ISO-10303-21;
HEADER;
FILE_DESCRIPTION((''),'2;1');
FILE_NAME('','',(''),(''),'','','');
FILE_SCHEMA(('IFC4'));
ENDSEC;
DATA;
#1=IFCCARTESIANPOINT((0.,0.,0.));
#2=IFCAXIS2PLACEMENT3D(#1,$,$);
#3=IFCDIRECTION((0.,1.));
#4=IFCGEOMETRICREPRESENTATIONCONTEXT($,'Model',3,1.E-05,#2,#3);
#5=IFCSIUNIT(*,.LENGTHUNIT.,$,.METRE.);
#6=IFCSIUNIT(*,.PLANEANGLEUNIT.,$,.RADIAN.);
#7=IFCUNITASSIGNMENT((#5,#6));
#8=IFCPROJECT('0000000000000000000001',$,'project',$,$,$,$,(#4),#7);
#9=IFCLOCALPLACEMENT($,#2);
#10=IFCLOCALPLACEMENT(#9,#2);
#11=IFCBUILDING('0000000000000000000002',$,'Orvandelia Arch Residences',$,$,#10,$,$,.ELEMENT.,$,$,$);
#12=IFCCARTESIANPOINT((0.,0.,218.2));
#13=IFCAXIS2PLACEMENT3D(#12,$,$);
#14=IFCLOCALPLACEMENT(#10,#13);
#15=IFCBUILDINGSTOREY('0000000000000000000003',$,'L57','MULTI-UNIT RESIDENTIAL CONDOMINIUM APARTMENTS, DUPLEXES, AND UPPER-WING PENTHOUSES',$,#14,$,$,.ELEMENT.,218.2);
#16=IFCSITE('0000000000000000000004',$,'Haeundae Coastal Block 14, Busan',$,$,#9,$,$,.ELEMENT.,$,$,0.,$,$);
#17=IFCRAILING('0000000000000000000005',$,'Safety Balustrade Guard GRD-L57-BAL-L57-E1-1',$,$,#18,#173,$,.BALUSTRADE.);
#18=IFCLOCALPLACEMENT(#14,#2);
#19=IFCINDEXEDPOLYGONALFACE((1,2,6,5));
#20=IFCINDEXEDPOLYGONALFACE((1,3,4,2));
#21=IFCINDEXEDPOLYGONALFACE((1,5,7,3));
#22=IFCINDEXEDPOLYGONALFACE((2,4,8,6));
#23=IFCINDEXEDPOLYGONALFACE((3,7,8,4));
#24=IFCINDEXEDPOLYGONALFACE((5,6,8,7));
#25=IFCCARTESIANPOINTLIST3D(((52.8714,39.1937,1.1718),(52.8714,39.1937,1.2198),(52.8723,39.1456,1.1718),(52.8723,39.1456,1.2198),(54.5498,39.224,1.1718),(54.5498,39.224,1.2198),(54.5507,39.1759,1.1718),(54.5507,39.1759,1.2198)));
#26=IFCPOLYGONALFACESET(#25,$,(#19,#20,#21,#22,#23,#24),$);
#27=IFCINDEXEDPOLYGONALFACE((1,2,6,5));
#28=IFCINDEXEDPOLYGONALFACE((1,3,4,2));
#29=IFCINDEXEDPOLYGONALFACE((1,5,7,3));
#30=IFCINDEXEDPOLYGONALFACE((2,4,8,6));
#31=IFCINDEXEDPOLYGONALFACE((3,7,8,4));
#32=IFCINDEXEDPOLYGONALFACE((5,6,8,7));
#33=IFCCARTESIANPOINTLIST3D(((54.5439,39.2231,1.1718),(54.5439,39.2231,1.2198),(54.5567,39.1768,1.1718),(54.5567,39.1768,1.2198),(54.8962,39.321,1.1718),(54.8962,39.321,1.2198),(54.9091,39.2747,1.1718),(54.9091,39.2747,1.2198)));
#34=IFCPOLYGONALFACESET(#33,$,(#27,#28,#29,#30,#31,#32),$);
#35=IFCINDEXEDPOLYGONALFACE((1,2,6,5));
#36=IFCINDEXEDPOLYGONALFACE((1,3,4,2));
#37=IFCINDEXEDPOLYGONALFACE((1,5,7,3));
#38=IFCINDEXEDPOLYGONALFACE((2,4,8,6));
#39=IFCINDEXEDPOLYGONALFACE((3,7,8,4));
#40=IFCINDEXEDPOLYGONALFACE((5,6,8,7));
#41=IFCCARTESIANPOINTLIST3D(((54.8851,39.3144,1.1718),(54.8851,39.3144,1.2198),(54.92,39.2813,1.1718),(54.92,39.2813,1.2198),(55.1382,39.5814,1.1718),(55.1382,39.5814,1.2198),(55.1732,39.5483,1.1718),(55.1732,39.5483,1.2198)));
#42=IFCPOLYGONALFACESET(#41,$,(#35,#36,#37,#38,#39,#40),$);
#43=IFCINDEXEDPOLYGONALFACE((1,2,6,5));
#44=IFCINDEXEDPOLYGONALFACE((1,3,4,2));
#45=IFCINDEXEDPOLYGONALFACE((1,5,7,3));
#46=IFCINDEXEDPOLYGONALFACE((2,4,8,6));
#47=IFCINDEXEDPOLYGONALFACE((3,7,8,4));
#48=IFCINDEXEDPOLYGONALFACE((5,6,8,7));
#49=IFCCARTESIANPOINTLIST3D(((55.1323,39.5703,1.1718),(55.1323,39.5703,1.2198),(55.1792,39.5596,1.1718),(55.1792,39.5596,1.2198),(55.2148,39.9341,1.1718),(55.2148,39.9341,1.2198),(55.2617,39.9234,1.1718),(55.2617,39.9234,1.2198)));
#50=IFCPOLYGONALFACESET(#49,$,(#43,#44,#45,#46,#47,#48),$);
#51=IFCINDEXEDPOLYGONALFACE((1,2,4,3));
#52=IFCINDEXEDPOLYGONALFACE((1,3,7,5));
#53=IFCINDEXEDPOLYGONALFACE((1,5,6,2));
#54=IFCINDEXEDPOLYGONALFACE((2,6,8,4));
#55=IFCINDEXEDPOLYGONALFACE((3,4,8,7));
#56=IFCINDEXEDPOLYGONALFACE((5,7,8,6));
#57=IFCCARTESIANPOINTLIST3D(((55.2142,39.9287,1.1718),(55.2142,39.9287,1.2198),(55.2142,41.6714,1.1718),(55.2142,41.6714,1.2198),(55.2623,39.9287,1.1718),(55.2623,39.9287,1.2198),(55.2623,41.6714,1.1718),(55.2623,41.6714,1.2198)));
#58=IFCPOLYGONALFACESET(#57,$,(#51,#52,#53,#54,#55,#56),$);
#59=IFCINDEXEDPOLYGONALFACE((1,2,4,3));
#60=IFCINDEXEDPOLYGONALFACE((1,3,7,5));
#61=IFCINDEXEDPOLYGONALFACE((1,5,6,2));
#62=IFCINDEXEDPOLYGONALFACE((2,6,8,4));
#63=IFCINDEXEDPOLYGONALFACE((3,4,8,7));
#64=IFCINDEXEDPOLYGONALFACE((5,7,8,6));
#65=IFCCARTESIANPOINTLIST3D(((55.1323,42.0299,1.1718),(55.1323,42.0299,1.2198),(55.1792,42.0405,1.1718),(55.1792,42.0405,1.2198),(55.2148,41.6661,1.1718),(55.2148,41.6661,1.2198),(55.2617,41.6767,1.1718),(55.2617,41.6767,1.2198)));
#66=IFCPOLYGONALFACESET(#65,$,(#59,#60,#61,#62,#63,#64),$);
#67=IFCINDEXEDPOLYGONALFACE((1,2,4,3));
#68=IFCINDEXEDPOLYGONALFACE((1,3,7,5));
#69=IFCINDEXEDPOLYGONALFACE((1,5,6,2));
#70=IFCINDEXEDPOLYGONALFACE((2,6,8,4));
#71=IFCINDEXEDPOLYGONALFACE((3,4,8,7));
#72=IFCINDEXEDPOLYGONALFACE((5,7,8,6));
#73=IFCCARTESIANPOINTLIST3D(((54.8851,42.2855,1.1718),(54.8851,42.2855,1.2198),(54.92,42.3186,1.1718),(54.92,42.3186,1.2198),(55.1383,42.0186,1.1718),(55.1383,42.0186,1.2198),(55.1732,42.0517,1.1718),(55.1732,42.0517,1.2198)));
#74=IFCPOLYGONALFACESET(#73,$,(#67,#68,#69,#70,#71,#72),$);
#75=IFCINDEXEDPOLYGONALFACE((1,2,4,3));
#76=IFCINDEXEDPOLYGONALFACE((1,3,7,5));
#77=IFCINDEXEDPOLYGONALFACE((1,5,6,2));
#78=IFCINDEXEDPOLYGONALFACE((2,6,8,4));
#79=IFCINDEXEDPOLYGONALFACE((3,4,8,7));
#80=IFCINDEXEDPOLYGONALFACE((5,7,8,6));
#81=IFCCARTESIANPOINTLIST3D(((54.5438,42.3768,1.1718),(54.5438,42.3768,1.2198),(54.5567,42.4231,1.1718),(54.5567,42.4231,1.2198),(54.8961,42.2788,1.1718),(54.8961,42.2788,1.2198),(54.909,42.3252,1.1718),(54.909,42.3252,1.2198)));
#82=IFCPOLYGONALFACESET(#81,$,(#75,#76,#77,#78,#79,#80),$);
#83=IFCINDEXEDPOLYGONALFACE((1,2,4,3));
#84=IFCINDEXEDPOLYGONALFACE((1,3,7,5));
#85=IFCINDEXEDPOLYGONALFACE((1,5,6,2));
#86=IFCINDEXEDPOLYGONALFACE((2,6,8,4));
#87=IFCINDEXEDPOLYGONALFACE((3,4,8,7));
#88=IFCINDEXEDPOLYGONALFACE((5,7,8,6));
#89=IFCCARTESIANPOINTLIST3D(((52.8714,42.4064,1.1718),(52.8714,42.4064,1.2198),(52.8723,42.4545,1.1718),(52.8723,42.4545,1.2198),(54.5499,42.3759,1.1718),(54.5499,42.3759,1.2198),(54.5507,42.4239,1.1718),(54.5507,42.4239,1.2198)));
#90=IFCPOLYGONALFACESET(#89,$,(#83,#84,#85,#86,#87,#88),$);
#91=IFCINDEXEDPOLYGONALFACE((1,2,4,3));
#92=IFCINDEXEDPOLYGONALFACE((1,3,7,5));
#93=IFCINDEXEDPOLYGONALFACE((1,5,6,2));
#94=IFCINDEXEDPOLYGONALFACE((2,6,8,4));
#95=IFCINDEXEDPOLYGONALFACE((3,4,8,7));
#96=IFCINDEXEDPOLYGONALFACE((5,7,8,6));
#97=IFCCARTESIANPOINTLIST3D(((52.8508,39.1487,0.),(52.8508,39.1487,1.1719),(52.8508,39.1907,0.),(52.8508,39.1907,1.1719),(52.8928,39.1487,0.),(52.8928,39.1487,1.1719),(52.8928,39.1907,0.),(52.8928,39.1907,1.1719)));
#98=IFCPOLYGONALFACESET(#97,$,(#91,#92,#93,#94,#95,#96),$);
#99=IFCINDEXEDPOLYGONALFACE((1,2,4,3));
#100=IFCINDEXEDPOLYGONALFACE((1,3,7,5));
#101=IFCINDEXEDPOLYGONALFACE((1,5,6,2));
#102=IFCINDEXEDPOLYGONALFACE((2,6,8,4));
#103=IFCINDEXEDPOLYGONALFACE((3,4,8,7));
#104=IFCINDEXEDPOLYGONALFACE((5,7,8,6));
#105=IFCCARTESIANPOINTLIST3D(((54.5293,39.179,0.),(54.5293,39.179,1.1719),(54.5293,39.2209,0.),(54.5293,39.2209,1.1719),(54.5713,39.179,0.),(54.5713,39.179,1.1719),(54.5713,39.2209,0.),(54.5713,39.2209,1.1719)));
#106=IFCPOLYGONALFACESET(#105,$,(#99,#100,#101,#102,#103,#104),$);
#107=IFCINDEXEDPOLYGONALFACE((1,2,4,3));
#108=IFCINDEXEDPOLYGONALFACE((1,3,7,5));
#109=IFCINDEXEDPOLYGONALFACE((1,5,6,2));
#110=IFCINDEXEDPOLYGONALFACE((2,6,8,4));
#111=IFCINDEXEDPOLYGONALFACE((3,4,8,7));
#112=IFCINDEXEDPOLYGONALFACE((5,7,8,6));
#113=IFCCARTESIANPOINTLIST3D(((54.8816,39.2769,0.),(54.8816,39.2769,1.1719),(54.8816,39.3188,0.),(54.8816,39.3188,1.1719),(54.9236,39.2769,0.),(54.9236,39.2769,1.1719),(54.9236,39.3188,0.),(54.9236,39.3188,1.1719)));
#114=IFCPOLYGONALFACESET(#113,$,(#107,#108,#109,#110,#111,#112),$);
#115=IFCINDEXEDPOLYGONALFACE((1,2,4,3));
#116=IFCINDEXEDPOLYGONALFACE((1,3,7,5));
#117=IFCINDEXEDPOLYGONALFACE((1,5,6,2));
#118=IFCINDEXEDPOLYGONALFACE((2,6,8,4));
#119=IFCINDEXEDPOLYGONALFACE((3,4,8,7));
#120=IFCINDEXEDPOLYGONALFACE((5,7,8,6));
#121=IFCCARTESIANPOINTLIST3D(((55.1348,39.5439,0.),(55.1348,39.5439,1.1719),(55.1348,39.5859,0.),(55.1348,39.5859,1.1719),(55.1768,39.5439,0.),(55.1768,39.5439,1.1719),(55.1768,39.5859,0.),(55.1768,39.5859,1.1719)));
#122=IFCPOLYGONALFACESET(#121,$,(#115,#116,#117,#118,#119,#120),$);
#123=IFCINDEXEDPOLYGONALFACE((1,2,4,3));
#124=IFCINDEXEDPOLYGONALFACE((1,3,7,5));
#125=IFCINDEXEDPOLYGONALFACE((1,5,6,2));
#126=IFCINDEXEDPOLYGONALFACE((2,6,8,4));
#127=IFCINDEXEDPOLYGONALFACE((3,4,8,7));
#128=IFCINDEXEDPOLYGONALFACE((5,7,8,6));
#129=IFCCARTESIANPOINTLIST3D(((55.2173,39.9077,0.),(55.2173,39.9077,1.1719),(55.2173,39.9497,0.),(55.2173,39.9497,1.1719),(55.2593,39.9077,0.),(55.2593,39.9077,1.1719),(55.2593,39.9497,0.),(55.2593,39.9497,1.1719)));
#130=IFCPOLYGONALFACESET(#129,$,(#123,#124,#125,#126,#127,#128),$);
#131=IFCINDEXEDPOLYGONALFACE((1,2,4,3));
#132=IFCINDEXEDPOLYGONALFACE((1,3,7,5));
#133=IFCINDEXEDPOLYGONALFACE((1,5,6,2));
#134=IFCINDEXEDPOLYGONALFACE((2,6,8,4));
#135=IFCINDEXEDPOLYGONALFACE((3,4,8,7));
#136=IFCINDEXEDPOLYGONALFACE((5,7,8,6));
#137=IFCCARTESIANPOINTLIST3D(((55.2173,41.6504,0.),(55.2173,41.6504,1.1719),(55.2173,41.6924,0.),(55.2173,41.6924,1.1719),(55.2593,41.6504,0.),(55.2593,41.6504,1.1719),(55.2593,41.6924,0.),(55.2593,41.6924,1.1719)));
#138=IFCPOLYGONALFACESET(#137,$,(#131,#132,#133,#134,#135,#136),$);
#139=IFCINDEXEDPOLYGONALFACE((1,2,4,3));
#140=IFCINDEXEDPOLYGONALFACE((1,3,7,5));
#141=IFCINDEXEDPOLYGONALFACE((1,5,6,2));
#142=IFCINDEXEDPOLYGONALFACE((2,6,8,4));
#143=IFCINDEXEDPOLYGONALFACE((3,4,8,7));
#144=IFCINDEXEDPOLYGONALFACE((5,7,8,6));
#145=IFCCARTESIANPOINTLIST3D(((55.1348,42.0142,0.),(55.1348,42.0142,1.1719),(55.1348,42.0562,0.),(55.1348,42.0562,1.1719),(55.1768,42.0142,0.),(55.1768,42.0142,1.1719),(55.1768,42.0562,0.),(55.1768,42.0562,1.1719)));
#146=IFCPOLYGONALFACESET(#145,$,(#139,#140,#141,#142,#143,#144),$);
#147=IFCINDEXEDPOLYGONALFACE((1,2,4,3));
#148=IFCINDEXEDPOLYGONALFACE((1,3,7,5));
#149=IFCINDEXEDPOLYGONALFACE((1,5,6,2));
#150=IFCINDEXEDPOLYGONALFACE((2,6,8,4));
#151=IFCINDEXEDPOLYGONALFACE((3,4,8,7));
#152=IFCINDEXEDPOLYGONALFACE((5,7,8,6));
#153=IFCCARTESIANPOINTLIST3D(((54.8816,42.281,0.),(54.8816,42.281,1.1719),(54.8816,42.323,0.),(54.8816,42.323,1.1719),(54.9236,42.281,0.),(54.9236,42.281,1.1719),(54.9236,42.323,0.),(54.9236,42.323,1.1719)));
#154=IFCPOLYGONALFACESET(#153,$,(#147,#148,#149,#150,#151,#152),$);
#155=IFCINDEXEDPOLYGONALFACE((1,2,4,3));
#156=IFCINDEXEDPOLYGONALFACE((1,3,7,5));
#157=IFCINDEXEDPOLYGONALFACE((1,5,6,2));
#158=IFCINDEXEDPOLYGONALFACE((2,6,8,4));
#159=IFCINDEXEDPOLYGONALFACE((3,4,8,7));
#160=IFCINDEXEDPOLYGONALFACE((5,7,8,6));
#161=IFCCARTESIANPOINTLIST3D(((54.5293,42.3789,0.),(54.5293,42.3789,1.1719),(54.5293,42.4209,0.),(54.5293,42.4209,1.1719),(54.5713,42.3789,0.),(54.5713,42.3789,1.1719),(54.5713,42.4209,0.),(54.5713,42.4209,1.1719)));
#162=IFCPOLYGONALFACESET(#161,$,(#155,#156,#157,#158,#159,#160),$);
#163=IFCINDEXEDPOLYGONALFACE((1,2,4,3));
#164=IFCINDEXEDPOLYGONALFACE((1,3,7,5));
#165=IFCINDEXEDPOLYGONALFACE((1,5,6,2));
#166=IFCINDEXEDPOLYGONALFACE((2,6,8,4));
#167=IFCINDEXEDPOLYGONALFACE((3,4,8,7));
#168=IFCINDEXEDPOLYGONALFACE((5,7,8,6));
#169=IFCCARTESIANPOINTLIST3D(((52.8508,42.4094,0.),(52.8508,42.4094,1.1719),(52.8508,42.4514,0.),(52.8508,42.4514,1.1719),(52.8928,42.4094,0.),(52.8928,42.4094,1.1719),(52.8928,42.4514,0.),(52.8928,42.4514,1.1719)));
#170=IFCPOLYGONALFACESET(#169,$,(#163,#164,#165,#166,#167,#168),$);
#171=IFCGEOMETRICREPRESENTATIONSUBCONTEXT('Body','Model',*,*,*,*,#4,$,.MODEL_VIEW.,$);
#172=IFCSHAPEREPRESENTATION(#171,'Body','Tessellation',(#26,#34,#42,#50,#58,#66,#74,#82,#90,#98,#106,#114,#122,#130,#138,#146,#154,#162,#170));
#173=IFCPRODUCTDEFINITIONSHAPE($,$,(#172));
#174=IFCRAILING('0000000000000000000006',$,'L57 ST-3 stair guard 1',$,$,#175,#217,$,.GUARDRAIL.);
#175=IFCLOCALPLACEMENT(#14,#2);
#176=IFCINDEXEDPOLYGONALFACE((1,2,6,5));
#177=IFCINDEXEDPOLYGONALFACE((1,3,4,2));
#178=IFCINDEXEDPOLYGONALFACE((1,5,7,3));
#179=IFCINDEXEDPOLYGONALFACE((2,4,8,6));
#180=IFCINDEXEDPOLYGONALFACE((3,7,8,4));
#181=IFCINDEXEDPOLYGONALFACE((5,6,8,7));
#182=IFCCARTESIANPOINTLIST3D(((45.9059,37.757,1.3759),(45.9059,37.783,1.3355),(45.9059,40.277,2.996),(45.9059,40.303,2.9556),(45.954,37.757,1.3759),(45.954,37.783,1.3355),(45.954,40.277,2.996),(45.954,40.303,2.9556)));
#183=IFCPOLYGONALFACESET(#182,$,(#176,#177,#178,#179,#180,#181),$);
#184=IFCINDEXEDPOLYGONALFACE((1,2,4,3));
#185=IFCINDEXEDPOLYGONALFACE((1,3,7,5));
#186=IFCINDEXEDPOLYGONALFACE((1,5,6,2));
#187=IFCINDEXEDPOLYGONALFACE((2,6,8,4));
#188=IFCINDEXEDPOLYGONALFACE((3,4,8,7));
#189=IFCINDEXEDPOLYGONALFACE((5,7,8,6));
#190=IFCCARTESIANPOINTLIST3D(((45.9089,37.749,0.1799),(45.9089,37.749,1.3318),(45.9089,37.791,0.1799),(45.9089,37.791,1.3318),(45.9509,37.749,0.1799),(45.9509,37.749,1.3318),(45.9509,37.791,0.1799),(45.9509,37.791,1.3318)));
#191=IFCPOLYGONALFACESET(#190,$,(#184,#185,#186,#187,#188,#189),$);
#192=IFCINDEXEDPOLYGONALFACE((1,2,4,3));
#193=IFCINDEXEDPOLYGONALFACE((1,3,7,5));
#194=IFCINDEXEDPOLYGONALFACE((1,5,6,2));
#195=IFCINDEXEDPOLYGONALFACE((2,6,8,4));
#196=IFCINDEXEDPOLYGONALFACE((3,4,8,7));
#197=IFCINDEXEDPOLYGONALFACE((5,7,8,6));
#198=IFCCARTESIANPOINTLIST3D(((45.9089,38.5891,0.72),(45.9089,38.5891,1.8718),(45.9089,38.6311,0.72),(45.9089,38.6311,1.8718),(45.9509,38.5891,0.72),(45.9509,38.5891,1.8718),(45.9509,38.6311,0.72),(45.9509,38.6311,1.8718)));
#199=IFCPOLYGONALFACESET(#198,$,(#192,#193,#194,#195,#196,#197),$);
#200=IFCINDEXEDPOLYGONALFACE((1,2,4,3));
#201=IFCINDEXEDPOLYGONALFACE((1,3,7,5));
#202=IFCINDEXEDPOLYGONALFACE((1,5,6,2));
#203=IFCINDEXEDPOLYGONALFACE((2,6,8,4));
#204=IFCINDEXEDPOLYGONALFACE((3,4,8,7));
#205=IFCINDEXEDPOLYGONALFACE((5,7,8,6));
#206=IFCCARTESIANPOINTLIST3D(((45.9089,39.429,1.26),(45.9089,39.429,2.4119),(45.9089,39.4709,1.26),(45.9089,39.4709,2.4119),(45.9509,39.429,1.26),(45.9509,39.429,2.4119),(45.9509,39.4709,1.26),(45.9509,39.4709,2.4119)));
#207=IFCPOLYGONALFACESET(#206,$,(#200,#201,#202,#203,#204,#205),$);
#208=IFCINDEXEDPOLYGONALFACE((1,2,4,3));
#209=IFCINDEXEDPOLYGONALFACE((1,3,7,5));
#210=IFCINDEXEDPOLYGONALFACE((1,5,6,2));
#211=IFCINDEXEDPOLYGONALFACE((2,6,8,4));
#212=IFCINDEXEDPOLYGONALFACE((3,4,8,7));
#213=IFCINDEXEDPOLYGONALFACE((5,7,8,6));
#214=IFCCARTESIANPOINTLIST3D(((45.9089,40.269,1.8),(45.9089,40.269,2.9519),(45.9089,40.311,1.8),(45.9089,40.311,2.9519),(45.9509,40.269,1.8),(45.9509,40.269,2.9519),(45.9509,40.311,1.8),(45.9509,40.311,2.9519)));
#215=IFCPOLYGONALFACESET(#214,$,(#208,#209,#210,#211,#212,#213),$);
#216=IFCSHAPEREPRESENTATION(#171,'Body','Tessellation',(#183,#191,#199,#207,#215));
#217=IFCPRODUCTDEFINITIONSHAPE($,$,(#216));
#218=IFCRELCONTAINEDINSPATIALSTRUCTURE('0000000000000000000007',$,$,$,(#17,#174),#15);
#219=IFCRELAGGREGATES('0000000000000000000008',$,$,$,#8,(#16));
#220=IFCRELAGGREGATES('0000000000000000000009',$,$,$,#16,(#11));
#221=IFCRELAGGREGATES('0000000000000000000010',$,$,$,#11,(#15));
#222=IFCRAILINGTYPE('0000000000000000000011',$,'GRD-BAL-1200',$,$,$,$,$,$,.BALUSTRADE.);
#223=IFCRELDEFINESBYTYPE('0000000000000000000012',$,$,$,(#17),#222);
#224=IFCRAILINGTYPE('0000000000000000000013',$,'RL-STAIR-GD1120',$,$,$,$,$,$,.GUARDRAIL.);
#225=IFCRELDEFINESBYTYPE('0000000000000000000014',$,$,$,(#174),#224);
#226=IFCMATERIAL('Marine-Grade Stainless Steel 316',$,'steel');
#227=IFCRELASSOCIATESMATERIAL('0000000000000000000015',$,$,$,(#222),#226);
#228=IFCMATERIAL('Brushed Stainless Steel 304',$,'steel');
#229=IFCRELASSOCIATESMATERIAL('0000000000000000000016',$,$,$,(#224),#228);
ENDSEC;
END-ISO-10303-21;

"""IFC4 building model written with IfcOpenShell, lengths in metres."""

from ifc_helpers import new_model, si_unit, direction, frame, origin, origin_2d, place, context, subcontext, project, spatial, rectangle, extrude, material, type_object, element, save


model = new_model("IFC4")

# Units and contexts
model_context = context("Model", 3, precision=1e-05, world=origin(), true_north=direction((0.0, 1.0)))
body_context = subcontext(model_context, "Body", "Model", "MODEL_VIEW")
ifc_project = project(units=[si_unit("LENGTHUNIT", "METRE"), si_unit("PLANEANGLEUNIT", "RADIAN")], contexts=[model_context])

# Site, building, storey
site_placement = place(None, origin())
site = spatial("IfcSite", under=ifc_project, at=site_placement, Name="Haeundae Coastal Block 14, Busan", CompositionType="ELEMENT", RefElevation=0.0)
building_placement = place(site_placement, origin())
building = spatial("IfcBuilding", under=site, at=building_placement, Name="Orvandelia Arch Residences", CompositionType="ELEMENT")
storey_placement = place(building_placement, frame((0.0, 0.0, 218.2)))
storey = spatial("IfcBuildingStorey", under=building, at=storey_placement, Name="L57", Description="MULTI-UNIT RESIDENTIAL CONDOMINIUM APARTMENTS, DUPLEXES, AND UPPER-WING PENTHOUSES", CompositionType="ELEMENT", Elevation=218.2)

# Railings
ifc_material_1 = material(Name="Marine-Grade Stainless Steel 316", Category="steel")
railing_type_1 = type_object("IfcRailingType", Name="GRD-BAL-1200", PredefinedType="BALUSTRADE", material=ifc_material_1)
railing_1_placement = place(storey_placement, frame((52.8718, 39.1697, 0.0)))
element("IfcRailing", 1, at=railing_1_placement, inside=storey, type_object=railing_type_1, Name="Safety Balustrade Guard GRD-L57-BAL-L57-E1-1", PredefinedType="BALUSTRADE", context=body_context, shape_type="SweptSolid", body=[
    extrude(rectangle(XDim=0.0481, YDim=0.0481, at=origin_2d()), frame((0.0, 0.0, 1.1958), z_axis=(0.999837, 0.018033, 0.0), x_axis=(-0.018033, 0.999837, 0.0)), (0.0, 0.0, 1.0), 1.6787),
    extrude(rectangle(XDim=0.0481, YDim=0.0481, at=origin_2d()), frame((1.6785, 0.0303, 1.1958), z_axis=(0.963489, 0.267747, 0.0), x_axis=(-0.267747, 0.963489, 0.0)), (0.0, 0.0, 1.0), 0.3657),
    extrude(rectangle(XDim=0.0481, YDim=0.0481, at=origin_2d()), frame((2.0308, 0.1282, 1.1958), z_axis=(0.687947, 0.725761, 0.0), x_axis=(-0.725761, 0.687947, 0.0)), (0.0, 0.0, 1.0), 0.3679),
    extrude(rectangle(XDim=0.0481, YDim=0.0481, at=origin_2d()), frame((2.2839, 0.3953, 1.1958), z_axis=(0.221225, 0.975223, 0.0), x_axis=(-0.975223, 0.221225, 0.0)), (0.0, 0.0, 1.0), 0.373),
    extrude(rectangle(XDim=0.0481, YDim=0.0481, at=origin_2d()), frame((2.3665, 0.759, 1.1958), z_axis=(0.0, 1.0, 0.0), x_axis=(-1.0, 0.0, 0.0)), (0.0, 0.0, 1.0), 1.7427),
    extrude(rectangle(XDim=0.0481, YDim=0.0481, at=origin_2d()), frame((2.3665, 2.5017, 1.1958), z_axis=(-0.221225, 0.975223, 0.0), x_axis=(-0.975223, -0.221225, 0.0)), (0.0, 0.0, 1.0), 0.373),
    extrude(rectangle(XDim=0.0481, YDim=0.0481, at=origin_2d()), frame((2.2839, 2.8655, 1.1958), z_axis=(-0.688278, 0.725447, 0.0), x_axis=(-0.725447, -0.688278, 0.0)), (0.0, 0.0, 1.0), 0.3679),
    extrude(rectangle(XDim=0.0481, YDim=0.0481, at=origin_2d()), frame((2.0308, 3.1323, 1.1958), z_axis=(-0.963489, 0.267747, 0.0), x_axis=(-0.267747, -0.963489, 0.0)), (0.0, 0.0, 1.0), 0.3657),
    extrude(rectangle(XDim=0.0481, YDim=0.0481, at=origin_2d()), frame((1.6785, 3.2302, 1.1958), z_axis=(-0.999835, 0.018179, 0.0), x_axis=(-0.018179, -0.999835, 0.0)), (0.0, 0.0, 1.0), 1.6787),
    extrude(rectangle(XDim=0.042, YDim=0.042, at=origin_2d()), origin(), (0.0, 0.0, 1.0), 1.1719),
    extrude(rectangle(XDim=0.042, YDim=0.042, at=origin_2d()), frame((1.6785, 0.0303, 0.0)), (0.0, 0.0, 1.0), 1.1719),
    extrude(rectangle(XDim=0.042, YDim=0.042, at=origin_2d()), frame((2.0308, 0.1282, 0.0)), (0.0, 0.0, 1.0), 1.1719),
    extrude(rectangle(XDim=0.042, YDim=0.042, at=origin_2d()), frame((2.2839, 0.3953, 0.0)), (0.0, 0.0, 1.0), 1.1719),
    extrude(rectangle(XDim=0.042, YDim=0.042, at=origin_2d()), frame((2.3665, 0.759, 0.0)), (0.0, 0.0, 1.0), 1.1719),
    extrude(rectangle(XDim=0.042, YDim=0.042, at=origin_2d()), frame((2.3665, 2.5017, 0.0)), (0.0, 0.0, 1.0), 1.1719),
    extrude(rectangle(XDim=0.042, YDim=0.042, at=origin_2d()), frame((2.2839, 2.8655, 0.0)), (0.0, 0.0, 1.0), 1.1719),
    extrude(rectangle(XDim=0.042, YDim=0.042, at=origin_2d()), frame((2.0308, 3.1323, 0.0)), (0.0, 0.0, 1.0), 1.1719),
    extrude(rectangle(XDim=0.042, YDim=0.042, at=origin_2d()), frame((1.6785, 3.2302, 0.0)), (0.0, 0.0, 1.0), 1.1719),
    extrude(rectangle(XDim=0.042, YDim=0.042, at=origin_2d()), frame((0.0, 3.2607, 0.0)), (0.0, 0.0, 1.0), 1.1719),
])
ifc_material_2 = material(Name="Brushed Stainless Steel 304", Category="steel")
railing_type_2 = type_object("IfcRailingType", Name="RL-STAIR-GD1120", PredefinedType="GUARDRAIL", material=ifc_material_2)
railing_2_placement = place(storey_placement, frame((45.9299, 37.77, 0.1799)))
element("IfcRailing", 2, at=railing_2_placement, inside=storey, type_object=railing_type_2, Name="L57 ST-3 stair guard 1", PredefinedType="GUARDRAIL", context=body_context, shape_type="SweptSolid", body=[
    extrude(rectangle(XDim=0.0481, YDim=0.0481, at=origin_2d()), frame((0.0, 0.0, 1.1758), z_axis=(0.0, 0.841163, 0.540782), x_axis=(-1.0, 0.0, 0.0)), (0.0, 0.0, 1.0), 2.9958),
    extrude(rectangle(XDim=0.042, YDim=0.042, at=origin_2d()), origin(), (0.0, 0.0, 1.0), 1.1519),
    extrude(rectangle(XDim=0.042, YDim=0.042, at=origin_2d()), frame((0.0, 0.8401, 0.54)), (0.0, 0.0, 1.0), 1.1519),
    extrude(rectangle(XDim=0.042, YDim=0.042, at=origin_2d()), frame((0.0, 1.6799, 1.0801)), (0.0, 0.0, 1.0), 1.1519),
    extrude(rectangle(XDim=0.042, YDim=0.042, at=origin_2d()), frame((0.0, 2.52, 1.6201)), (0.0, 0.0, 1.0), 1.1519),
])

save(model, "model.ifc")
